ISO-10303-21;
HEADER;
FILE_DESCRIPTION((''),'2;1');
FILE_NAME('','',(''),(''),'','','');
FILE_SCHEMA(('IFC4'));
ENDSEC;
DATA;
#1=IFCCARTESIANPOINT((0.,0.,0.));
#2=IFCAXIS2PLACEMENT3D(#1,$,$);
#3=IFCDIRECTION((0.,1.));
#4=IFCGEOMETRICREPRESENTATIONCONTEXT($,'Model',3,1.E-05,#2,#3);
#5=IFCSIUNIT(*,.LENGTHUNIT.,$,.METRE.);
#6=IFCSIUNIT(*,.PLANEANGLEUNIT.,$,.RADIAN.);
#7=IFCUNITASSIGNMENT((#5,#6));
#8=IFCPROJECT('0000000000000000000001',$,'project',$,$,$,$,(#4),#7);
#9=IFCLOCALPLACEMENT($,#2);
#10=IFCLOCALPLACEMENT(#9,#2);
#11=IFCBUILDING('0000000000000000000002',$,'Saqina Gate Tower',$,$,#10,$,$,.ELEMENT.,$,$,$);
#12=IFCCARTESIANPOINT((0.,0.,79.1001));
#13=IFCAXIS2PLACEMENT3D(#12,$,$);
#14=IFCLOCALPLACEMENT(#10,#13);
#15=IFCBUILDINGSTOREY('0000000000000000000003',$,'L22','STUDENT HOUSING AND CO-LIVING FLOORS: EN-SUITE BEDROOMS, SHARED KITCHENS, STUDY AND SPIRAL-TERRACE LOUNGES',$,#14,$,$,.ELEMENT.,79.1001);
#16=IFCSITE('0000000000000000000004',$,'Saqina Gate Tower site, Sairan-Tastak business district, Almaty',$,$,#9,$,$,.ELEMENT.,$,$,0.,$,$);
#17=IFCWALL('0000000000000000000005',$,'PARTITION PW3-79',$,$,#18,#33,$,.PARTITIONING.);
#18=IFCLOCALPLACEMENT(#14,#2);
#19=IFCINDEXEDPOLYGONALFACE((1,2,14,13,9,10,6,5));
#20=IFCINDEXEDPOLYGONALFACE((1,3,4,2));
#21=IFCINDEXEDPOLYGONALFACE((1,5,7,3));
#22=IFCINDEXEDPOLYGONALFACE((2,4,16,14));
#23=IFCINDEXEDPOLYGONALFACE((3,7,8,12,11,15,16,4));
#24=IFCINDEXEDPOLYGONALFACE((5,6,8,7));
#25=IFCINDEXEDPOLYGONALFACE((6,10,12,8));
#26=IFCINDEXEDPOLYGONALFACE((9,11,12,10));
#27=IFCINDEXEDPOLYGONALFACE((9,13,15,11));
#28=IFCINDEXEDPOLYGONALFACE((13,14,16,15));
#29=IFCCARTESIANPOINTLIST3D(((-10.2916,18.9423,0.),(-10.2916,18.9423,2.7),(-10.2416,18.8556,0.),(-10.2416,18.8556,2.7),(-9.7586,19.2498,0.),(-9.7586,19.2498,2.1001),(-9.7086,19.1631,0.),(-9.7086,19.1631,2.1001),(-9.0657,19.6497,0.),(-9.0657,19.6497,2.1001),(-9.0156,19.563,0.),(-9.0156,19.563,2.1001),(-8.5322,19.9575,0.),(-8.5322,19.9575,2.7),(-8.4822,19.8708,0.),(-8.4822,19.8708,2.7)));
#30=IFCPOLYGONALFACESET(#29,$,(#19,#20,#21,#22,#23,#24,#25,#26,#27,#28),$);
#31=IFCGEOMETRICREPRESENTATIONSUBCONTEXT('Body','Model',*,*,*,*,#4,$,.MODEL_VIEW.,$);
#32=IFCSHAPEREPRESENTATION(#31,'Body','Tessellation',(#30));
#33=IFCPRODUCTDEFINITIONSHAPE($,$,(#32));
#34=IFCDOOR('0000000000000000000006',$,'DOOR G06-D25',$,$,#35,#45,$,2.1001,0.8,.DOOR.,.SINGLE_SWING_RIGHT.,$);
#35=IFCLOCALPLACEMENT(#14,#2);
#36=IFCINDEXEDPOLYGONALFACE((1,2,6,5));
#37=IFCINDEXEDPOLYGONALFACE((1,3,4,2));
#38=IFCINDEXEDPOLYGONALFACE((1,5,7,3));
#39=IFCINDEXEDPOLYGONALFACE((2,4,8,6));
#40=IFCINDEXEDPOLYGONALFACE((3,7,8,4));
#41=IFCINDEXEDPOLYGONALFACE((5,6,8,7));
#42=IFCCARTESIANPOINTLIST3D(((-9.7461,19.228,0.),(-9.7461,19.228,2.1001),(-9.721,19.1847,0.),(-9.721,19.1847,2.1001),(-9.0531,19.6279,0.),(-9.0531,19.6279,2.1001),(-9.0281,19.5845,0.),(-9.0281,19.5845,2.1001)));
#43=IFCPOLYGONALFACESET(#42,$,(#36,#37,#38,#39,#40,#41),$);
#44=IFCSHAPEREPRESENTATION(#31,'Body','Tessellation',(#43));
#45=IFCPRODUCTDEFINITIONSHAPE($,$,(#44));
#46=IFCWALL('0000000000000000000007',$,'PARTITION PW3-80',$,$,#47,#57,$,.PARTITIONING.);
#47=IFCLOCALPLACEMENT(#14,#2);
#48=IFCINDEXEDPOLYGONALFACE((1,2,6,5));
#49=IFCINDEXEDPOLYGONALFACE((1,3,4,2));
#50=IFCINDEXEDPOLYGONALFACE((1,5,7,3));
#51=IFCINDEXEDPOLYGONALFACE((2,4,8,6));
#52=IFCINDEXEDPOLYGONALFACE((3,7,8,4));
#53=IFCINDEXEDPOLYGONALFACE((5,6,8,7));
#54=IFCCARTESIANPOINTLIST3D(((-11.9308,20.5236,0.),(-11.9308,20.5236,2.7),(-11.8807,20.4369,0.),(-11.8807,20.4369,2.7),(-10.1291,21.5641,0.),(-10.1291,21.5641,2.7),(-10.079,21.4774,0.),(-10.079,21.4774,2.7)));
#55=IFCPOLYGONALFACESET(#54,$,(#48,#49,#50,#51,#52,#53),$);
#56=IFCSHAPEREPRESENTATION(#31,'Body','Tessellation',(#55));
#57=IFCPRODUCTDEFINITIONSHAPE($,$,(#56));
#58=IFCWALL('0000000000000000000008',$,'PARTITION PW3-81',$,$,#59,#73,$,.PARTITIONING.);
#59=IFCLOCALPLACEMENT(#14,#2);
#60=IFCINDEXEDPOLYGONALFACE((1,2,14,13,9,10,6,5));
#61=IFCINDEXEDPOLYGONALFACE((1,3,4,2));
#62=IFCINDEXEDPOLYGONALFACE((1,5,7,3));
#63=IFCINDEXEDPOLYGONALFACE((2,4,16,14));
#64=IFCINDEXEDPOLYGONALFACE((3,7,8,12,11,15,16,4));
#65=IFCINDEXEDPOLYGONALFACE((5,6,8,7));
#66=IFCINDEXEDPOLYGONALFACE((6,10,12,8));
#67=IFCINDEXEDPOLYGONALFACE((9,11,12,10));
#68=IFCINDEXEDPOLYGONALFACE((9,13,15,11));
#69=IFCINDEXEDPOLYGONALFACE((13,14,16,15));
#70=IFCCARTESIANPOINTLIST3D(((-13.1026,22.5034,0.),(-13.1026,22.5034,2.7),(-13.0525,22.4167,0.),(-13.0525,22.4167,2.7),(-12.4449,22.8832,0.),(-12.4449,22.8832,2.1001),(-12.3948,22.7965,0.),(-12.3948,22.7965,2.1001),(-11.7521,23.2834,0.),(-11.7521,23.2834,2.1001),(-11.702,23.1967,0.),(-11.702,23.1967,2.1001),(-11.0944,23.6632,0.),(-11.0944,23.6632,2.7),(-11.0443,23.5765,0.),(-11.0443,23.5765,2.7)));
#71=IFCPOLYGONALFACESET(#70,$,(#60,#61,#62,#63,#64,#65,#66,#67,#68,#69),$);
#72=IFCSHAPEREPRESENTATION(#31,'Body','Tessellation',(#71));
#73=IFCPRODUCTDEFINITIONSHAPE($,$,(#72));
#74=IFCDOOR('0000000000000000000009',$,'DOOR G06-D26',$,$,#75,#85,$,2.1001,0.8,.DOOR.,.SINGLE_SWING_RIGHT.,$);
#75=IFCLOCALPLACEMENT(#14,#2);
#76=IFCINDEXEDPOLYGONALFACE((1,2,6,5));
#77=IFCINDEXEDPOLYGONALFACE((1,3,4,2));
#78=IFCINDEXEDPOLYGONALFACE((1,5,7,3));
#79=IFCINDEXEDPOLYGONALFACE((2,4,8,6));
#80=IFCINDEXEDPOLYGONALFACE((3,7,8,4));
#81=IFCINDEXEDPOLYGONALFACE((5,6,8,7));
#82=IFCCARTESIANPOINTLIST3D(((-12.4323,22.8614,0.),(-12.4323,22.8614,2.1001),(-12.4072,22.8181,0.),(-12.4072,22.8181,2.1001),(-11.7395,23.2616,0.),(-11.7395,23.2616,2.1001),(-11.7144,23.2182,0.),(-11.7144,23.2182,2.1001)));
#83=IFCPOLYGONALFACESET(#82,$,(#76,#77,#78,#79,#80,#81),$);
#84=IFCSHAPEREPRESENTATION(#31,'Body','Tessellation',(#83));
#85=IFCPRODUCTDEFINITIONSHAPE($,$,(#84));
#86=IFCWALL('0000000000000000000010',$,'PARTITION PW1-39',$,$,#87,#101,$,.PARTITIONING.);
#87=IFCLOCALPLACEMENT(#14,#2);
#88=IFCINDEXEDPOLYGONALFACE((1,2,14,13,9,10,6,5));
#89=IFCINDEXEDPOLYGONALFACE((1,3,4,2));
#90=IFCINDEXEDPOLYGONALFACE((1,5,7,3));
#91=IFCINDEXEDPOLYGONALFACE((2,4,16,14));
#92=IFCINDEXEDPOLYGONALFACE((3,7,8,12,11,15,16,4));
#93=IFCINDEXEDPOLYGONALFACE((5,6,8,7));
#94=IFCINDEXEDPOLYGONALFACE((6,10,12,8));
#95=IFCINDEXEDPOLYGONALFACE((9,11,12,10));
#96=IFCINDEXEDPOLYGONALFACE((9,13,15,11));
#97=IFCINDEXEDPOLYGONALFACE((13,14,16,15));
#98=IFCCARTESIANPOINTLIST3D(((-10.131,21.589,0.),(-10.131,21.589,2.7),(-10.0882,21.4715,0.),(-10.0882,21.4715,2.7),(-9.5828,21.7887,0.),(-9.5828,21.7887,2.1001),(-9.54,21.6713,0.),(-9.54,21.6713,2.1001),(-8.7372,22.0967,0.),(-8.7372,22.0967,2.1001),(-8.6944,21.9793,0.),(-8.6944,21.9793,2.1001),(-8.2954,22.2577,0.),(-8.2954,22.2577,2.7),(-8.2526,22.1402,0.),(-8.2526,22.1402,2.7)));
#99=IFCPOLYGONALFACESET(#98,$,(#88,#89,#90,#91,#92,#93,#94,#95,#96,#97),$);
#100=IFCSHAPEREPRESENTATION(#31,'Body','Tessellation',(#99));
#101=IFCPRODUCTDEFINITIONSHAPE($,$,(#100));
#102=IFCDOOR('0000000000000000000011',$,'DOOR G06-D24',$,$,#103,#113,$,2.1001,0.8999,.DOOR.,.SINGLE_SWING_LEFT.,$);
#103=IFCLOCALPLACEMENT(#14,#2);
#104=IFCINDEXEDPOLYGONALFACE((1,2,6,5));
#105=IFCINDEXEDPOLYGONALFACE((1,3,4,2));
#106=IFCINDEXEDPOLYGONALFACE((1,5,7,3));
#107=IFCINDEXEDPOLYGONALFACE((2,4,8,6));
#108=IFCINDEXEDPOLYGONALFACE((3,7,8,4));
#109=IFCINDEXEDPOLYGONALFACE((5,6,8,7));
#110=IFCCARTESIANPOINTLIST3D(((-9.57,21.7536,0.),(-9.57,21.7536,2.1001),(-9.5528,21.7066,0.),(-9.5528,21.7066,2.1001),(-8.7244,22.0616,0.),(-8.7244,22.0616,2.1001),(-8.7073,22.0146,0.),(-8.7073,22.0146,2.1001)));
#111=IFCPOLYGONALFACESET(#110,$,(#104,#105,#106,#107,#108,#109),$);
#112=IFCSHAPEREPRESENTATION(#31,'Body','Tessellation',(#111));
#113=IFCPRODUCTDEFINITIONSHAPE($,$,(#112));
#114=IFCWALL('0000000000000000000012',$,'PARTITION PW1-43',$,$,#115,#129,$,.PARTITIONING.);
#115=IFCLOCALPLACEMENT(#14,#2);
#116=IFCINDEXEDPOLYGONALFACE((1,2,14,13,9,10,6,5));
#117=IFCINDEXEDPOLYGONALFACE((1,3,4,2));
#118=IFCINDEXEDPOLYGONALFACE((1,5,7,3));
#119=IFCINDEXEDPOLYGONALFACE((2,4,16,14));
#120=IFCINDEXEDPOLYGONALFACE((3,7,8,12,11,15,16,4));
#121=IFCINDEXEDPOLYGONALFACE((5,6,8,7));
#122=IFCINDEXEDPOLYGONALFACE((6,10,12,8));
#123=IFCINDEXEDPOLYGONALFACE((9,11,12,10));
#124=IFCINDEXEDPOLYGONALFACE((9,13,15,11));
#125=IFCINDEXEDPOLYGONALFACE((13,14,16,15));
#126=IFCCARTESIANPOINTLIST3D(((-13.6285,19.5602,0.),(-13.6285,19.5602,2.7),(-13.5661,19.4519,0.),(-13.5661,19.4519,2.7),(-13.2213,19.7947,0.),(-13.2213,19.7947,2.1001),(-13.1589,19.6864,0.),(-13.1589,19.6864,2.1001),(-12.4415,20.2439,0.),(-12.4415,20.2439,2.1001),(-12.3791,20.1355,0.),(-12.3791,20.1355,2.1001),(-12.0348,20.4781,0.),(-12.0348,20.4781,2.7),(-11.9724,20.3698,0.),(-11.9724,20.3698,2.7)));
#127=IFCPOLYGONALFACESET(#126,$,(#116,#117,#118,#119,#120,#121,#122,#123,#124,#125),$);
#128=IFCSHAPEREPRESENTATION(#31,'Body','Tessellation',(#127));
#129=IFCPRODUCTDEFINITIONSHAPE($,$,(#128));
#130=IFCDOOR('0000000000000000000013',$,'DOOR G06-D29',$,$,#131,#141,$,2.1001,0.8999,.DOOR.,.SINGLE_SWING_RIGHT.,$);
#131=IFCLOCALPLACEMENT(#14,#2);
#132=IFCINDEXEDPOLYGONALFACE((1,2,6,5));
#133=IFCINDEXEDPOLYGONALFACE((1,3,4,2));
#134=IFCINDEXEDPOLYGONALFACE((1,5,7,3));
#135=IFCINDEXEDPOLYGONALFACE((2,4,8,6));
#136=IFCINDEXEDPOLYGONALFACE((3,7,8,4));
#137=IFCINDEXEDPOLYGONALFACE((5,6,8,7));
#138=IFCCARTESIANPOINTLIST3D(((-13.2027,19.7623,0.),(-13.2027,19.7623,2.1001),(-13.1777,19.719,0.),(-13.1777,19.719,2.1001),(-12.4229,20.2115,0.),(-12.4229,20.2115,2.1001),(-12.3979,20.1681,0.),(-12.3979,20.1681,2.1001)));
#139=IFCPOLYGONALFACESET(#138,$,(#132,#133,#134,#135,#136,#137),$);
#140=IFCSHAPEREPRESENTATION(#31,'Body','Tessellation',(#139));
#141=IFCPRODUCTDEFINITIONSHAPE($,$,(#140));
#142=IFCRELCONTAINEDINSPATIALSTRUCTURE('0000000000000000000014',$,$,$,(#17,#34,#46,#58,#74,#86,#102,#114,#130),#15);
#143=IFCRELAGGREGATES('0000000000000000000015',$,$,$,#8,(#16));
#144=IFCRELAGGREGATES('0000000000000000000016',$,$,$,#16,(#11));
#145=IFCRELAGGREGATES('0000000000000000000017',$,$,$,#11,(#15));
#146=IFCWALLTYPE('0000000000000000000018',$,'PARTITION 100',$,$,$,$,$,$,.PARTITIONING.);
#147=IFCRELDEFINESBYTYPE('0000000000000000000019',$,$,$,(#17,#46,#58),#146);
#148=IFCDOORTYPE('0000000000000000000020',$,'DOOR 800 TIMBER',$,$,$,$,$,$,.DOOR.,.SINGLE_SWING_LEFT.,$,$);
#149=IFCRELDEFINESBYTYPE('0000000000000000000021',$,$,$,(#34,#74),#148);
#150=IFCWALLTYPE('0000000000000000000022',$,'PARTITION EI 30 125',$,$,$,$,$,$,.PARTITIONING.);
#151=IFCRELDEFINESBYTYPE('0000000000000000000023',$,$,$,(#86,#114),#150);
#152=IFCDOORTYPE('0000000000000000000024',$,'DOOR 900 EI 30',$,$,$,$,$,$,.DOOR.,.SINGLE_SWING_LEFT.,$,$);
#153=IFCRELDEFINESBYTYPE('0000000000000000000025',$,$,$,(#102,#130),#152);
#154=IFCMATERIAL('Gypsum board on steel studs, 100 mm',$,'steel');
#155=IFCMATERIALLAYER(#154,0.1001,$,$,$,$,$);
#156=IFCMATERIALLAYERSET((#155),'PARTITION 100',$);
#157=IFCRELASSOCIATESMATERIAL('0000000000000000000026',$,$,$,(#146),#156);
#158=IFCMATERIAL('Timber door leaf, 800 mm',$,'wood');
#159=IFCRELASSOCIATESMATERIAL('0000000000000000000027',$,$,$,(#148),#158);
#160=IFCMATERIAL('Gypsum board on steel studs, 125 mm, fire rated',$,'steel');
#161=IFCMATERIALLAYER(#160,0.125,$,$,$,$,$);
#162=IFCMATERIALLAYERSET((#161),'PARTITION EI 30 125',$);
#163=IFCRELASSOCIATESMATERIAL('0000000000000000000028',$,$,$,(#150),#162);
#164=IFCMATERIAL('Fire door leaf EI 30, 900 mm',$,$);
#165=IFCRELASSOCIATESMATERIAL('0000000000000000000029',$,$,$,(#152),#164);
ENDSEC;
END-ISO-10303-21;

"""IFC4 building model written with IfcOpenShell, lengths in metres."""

from ifc_helpers import new_model, si_unit, direction, frame, frame_2d, origin, place, context, subcontext, project, spatial, rectangle, extrude, material, layer, layer_set, type_object, element, fill, save


model = new_model("IFC4")

# Units and contexts
model_context = context("Model", 3, precision=1e-05, world=origin(), true_north=direction((0.0, 1.0)))
body_context = subcontext(model_context, "Body", "Model", "MODEL_VIEW")
ifc_project = project(units=[si_unit("LENGTHUNIT", "METRE"), si_unit("PLANEANGLEUNIT", "RADIAN")], contexts=[model_context])

# Site, building, storey
site_placement = place(None, origin())
site = spatial("IfcSite", under=ifc_project, at=site_placement, Name="Saqina Gate Tower site, Sairan-Tastak business district, Almaty", CompositionType="ELEMENT", RefElevation=0.0)
building_placement = place(site_placement, origin())
building = spatial("IfcBuilding", under=site, at=building_placement, Name="Saqina Gate Tower", CompositionType="ELEMENT")
storey_placement = place(building_placement, frame((0.0, 0.0, 79.1001)))
storey = spatial("IfcBuildingStorey", under=building, at=storey_placement, Name="L22", Description="STUDENT HOUSING AND CO-LIVING FLOORS: EN-SUITE BEDROOMS, SHARED KITCHENS, STUDY AND SPIRAL-TERRACE LOUNGES", CompositionType="ELEMENT", Elevation=79.1001)

# Shared definitions
ifc_material_1 = material(Name="Gypsum board on steel studs, 100 mm", Category="steel")
ifc_layer_1 = layer(ifc_material_1, 0.1001)
ifc_layer_set_1 = layer_set([ifc_layer_1], Name="PARTITION 100")
wall_type_1 = type_object("IfcWallType", Name="PARTITION 100", PredefinedType="PARTITIONING", material=ifc_layer_set_1)

# Wall, opening, door
ifc_material_2 = material(Name="Timber door leaf, 800 mm", Category="wood")
door_type_1 = type_object("IfcDoorType", Name="DOOR 800 TIMBER", OperationType="SINGLE_SWING_LEFT", PredefinedType="DOOR", material=ifc_material_2)
wall_1_placement = place(storey_placement, frame((-10.2666, 18.8989, 0.0), z_axis=(0.0, 0.0, 1.0), x_axis=(0.86615, 0.499785, 0.0)))
wall_1 = element("IfcWall", 1, at=wall_1_placement, inside=storey, type_object=wall_type_1, Name="PARTITION PW3-79", PredefinedType="PARTITIONING", context=body_context, shape_type="SweptSolid", body=[
    extrude(rectangle(XDim=2.0312, YDim=0.1001, at=frame_2d((1.0156, 0.0))), origin(), (0.0, 0.0, 1.0), 2.7),
])
opening_1_placement = place(wall_1_placement, frame((0.6155, 0.0, 0.0)))
opening_1 = element("IfcOpeningElement", 2, at=opening_1_placement, cuts=wall_1, PredefinedType="OPENING", context=body_context, shape_type="SweptSolid", body=[
    extrude(rectangle(XDim=0.8, YDim=2.1001, at=frame_2d((0.3999, 1.05))), frame((0.0, 0.062, 0.0), z_axis=(0.0, -1.0, 0.0), x_axis=(1.0, 0.0, 0.0)), (0.0, 0.0, 1.0), 0.124),
])
door_1_placement = place(opening_1_placement, origin())
door_1 = element("IfcDoor", 3, at=door_1_placement, inside=storey, type_object=door_type_1, Name="DOOR G06-D25", OperationType="SINGLE_SWING_RIGHT", OverallHeight=2.1001, OverallWidth=0.8, PredefinedType="DOOR", context=body_context, shape_type="SweptSolid", body=[
    extrude(rectangle(XDim=0.8, YDim=2.1001, at=frame_2d((0.3999, 1.05))), frame((0.0, 0.0249, 0.0), z_axis=(0.0, -1.0, 0.0), x_axis=(1.0, 0.0, 0.0)), (0.0, 0.0, 1.0), 0.05),
])
fill(opening_1, door_1)

# Wall
wall_2_placement = place(storey_placement, frame((-11.9058, 20.4802, 0.0), z_axis=(0.0, 0.0, 1.0), x_axis=(0.865967, 0.500102, 0.0)))
element("IfcWall", 4, at=wall_2_placement, inside=storey, type_object=wall_type_1, Name="PARTITION PW3-80", PredefinedType="PARTITIONING", context=body_context, shape_type="SweptSolid", body=[
    extrude(rectangle(XDim=2.0806, YDim=0.1001, at=frame_2d((1.0403, 0.0))), origin(), (0.0, 0.0, 1.0), 2.7),
])

# Walls, openings, doors
wall_3_placement = place(storey_placement, frame((-13.0776, 22.46, 0.0), z_axis=(0.0, 0.0, 1.0), x_axis=(0.865947, 0.500136, 0.0)))
wall_3 = element("IfcWall", 5, at=wall_3_placement, inside=storey, type_object=wall_type_1, Name="PARTITION PW3-81", PredefinedType="PARTITIONING", context=body_context, shape_type="SweptSolid", body=[
    extrude(rectangle(XDim=2.3191, YDim=0.1001, at=frame_2d((1.1597, 0.0))), origin(), (0.0, 0.0, 1.0), 2.7),
])
opening_2_placement = place(wall_3_placement, frame((0.7598, 0.0, 0.0)))
opening_2 = element("IfcOpeningElement", 6, at=opening_2_placement, cuts=wall_3, PredefinedType="OPENING", context=body_context, shape_type="SweptSolid", body=[
    extrude(rectangle(XDim=0.8, YDim=2.1001, at=frame_2d((0.3999, 1.05))), frame((0.0, 0.062, 0.0), z_axis=(0.0, -1.0, 0.0), x_axis=(1.0, 0.0, 0.0)), (0.0, 0.0, 1.0), 0.124),
])
door_2_placement = place(opening_2_placement, origin())
door_2 = element("IfcDoor", 7, at=door_2_placement, inside=storey, type_object=door_type_1, Name="DOOR G06-D26", OperationType="SINGLE_SWING_RIGHT", OverallHeight=2.1001, OverallWidth=0.8, PredefinedType="DOOR", context=body_context, shape_type="SweptSolid", body=[
    extrude(rectangle(XDim=0.8, YDim=2.1001, at=frame_2d((0.3999, 1.05))), frame((0.0, 0.0249, 0.0), z_axis=(0.0, -1.0, 0.0), x_axis=(1.0, 0.0, 0.0)), (0.0, 0.0, 1.0), 0.05),
])
fill(opening_2, door_2)
ifc_material_3 = material(Name="Gypsum board on steel studs, 125 mm, fire rated", Category="steel")
ifc_layer_2 = layer(ifc_material_3, 0.125)
ifc_layer_set_2 = layer_set([ifc_layer_2], Name="PARTITION EI 30 125")
wall_type_2 = type_object("IfcWallType", Name="PARTITION EI 30 125", PredefinedType="PARTITIONING", material=ifc_layer_set_2)
wall_4_placement = place(storey_placement, frame((-10.1096, 21.5303, 0.0), z_axis=(0.0, 0.0, 1.0), x_axis=(0.9396, 0.342275, 0.0)))
wall_4 = element("IfcWall", 8, at=wall_4_placement, inside=storey, type_object=wall_type_2, Name="PARTITION PW1-39", PredefinedType="PARTITIONING", context=body_context, shape_type="SweptSolid", body=[
    extrude(rectangle(XDim=1.9536, YDim=0.125, at=frame_2d((0.9768, 0.0))), origin(), (0.0, 0.0, 1.0), 2.7),
])
opening_3_placement = place(wall_4_placement, frame((0.5835, 0.0, 0.0)))
opening_3 = element("IfcOpeningElement", 9, at=opening_3_placement, cuts=wall_4, PredefinedType="OPENING", context=body_context, shape_type="SweptSolid", body=[
    extrude(rectangle(XDim=0.8999, YDim=2.1001, at=frame_2d((0.45, 1.05))), frame((0.0, 0.0745, 0.0), z_axis=(0.0, -1.0, 0.0), x_axis=(1.0, 0.0, 0.0)), (0.0, 0.0, 1.0), 0.1489),
])
ifc_material_4 = material(Name="Fire door leaf EI 30, 900 mm")
door_type_2 = type_object("IfcDoorType", Name="DOOR 900 EI 30", OperationType="SINGLE_SWING_LEFT", PredefinedType="DOOR", material=ifc_material_4)
door_3_placement = place(opening_3_placement, frame((0.8999, 0.0, 0.0), z_axis=(0.0, 0.0, 1.0), x_axis=(-1.0, 0.0, 0.0)))
door_3 = element("IfcDoor", 10, at=door_3_placement, inside=storey, type_object=door_type_2, Name="DOOR G06-D24", OperationType="SINGLE_SWING_LEFT", OverallHeight=2.1001, OverallWidth=0.8999, PredefinedType="DOOR", context=body_context, shape_type="SweptSolid", body=[
    extrude(rectangle(XDim=0.8999, YDim=2.1001, at=frame_2d((0.45, 1.05))), frame((0.0, 0.0249, 0.0), z_axis=(0.0, -1.0, 0.0), x_axis=(1.0, 0.0, 0.0)), (0.0, 0.0, 1.0), 0.05),
])
fill(opening_3, door_3)
wall_5_placement = place(storey_placement, frame((-13.5972, 19.5061, 0.0), z_axis=(0.0, 0.0, 1.0), x_axis=(0.866539, 0.499109, 0.0)))
wall_5 = element("IfcWall", 11, at=wall_5_placement, inside=storey, type_object=wall_type_2, Name="PARTITION PW1-43", PredefinedType="PARTITIONING", context=body_context, shape_type="SweptSolid", body=[
    extrude(rectangle(XDim=1.8391, YDim=0.125, at=frame_2d((0.9194, 0.0))), origin(), (0.0, 0.0, 1.0), 2.7),
])
opening_4_placement = place(wall_5_placement, frame((0.4697, 0.0, 0.0)))
opening_4 = element("IfcOpeningElement", 12, at=opening_4_placement, cuts=wall_5, PredefinedType="OPENING", context=body_context, shape_type="SweptSolid", body=[
    extrude(rectangle(XDim=0.8999, YDim=2.1001, at=frame_2d((0.45, 1.05))), frame((0.0, 0.0745, 0.0), z_axis=(0.0, -1.0, 0.0), x_axis=(1.0, 0.0, 0.0)), (0.0, 0.0, 1.0), 0.1489),
])
door_4_placement = place(opening_4_placement, frame((0.8999, 0.0, 0.0), z_axis=(0.0, 0.0, 1.0), x_axis=(-1.0, 0.0, 0.0)))
door_4 = element("IfcDoor", 13, at=door_4_placement, inside=storey, type_object=door_type_2, Name="DOOR G06-D29", OperationType="SINGLE_SWING_RIGHT", OverallHeight=2.1001, OverallWidth=0.8999, PredefinedType="DOOR", context=body_context, shape_type="SweptSolid", body=[
    extrude(rectangle(XDim=0.8999, YDim=2.1001, at=frame_2d((0.45, 1.05))), frame((0.0, 0.0249, 0.0), z_axis=(0.0, -1.0, 0.0), x_axis=(1.0, 0.0, 0.0)), (0.0, 0.0, 1.0), 0.05),
])
fill(opening_4, door_4)

save(model, "model.ifc")
